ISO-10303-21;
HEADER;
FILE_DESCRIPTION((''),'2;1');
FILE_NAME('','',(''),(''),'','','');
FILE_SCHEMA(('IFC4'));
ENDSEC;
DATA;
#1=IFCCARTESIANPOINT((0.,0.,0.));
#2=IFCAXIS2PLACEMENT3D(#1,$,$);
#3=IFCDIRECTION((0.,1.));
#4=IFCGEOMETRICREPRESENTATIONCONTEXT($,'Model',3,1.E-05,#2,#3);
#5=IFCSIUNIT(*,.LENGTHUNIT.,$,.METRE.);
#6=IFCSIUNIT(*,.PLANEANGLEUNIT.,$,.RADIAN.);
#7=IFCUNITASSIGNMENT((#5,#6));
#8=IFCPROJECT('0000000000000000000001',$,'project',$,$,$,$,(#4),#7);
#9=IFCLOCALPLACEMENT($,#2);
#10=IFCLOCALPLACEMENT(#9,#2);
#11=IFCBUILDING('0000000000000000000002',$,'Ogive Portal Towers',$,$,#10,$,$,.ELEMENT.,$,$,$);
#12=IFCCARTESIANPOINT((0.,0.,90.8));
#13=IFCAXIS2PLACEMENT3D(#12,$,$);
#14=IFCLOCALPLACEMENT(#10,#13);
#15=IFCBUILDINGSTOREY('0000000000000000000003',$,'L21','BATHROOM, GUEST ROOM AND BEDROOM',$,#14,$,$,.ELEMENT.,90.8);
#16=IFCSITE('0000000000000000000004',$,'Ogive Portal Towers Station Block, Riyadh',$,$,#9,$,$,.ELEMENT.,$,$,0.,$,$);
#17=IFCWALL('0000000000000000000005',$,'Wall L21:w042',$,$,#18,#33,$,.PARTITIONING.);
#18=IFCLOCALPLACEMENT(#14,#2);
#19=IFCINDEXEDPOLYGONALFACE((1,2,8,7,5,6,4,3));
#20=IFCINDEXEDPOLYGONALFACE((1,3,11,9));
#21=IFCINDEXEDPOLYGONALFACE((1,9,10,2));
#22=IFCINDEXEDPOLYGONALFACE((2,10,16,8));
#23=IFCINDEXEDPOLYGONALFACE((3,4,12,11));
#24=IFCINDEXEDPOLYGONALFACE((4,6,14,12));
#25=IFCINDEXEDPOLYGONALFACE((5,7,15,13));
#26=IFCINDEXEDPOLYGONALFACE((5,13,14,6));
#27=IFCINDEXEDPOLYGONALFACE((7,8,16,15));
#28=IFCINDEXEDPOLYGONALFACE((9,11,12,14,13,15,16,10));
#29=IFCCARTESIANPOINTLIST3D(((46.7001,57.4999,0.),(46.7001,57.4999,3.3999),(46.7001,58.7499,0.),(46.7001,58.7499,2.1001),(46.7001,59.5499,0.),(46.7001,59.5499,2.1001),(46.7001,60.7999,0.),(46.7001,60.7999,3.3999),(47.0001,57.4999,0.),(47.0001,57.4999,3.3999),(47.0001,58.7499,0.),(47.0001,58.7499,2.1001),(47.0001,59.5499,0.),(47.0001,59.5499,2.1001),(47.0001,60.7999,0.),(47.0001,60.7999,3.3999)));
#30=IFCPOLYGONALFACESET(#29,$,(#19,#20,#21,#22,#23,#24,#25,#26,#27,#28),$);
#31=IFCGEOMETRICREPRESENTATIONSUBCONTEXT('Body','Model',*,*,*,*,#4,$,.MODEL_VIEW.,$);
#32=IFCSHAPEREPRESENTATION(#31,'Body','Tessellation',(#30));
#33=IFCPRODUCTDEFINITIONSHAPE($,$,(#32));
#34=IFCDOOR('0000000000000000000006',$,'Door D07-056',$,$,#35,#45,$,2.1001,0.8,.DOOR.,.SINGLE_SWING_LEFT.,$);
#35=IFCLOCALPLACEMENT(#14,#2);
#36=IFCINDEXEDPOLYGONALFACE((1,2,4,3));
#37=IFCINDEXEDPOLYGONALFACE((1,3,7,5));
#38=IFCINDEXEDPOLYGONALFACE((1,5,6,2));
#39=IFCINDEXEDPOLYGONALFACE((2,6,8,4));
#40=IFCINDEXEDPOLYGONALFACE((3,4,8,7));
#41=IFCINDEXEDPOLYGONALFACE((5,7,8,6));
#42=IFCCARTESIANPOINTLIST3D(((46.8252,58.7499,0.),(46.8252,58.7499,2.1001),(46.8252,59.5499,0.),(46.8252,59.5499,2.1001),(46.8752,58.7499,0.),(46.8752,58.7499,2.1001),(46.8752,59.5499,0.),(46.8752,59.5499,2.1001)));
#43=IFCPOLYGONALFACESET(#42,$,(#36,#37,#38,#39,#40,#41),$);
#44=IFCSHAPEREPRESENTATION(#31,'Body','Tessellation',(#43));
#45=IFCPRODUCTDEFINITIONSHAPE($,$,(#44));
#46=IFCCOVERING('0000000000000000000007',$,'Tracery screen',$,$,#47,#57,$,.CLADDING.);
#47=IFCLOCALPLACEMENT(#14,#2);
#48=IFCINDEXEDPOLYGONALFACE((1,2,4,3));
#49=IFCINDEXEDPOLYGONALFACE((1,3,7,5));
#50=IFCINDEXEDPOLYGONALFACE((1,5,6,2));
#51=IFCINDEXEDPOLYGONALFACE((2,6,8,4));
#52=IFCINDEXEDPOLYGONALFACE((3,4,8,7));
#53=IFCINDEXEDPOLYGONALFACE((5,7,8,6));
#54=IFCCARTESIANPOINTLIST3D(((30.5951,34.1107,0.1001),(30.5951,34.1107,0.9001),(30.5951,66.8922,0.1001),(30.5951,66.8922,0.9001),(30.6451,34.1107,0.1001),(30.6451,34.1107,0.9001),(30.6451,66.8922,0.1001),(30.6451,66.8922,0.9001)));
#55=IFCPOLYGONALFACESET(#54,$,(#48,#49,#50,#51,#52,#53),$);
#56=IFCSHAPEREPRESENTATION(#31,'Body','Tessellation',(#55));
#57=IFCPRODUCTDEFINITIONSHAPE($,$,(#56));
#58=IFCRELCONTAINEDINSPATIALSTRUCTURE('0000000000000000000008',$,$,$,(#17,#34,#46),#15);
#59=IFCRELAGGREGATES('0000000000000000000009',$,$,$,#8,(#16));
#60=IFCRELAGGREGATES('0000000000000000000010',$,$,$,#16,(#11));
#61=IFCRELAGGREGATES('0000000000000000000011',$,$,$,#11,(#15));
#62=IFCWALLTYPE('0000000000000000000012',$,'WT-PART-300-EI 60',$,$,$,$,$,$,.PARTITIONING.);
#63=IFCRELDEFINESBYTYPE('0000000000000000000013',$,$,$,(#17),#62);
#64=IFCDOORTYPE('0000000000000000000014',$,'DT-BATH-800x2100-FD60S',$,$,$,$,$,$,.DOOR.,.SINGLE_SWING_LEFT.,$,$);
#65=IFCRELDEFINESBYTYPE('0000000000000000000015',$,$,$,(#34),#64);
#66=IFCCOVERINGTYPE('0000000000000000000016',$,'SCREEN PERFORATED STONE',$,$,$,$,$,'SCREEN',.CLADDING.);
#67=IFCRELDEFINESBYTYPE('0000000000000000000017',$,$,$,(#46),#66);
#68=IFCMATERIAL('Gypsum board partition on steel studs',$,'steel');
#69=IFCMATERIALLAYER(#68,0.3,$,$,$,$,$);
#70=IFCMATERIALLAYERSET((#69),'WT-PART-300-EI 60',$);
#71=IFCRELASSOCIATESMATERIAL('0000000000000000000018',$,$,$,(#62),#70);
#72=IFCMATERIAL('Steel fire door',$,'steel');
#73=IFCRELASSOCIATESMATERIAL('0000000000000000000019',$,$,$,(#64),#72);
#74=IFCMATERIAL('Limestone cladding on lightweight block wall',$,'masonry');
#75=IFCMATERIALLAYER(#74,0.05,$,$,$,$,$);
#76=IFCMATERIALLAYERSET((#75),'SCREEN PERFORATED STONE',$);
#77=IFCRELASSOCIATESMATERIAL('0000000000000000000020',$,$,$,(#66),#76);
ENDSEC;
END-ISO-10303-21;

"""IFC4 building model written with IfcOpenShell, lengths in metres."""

from ifc_helpers import new_model, si_unit, direction, frame, frame_2d, origin, origin_2d, place, context, subcontext, project, spatial, rectangle, extrude, material, layer, layer_set, type_object, element, fill, save


model = new_model("IFC4")

# Units and contexts
model_context = context("Model", 3, precision=1e-05, world=origin(), true_north=direction((0.0, 1.0)))
body_context = subcontext(model_context, "Body", "Model", "MODEL_VIEW")
ifc_project = project(units=[si_unit("LENGTHUNIT", "METRE"), si_unit("PLANEANGLEUNIT", "RADIAN")], contexts=[model_context])

# Site, building, storey
site_placement = place(None, origin())
site = spatial("IfcSite", under=ifc_project, at=site_placement, Name="Ogive Portal Towers Station Block, Riyadh", CompositionType="ELEMENT", RefElevation=0.0)
building_placement = place(site_placement, origin())
building = spatial("IfcBuilding", under=site, at=building_placement, Name="Ogive Portal Towers", CompositionType="ELEMENT")
storey_placement = place(building_placement, frame((0.0, 0.0, 90.8)))
storey = spatial("IfcBuildingStorey", under=building, at=storey_placement, Name="L21", Description="BATHROOM, GUEST ROOM AND BEDROOM", CompositionType="ELEMENT", Elevation=90.8)

# Shared definitions
ifc_material_1 = material(Name="Gypsum board partition on steel studs", Category="steel")
ifc_layer_1 = layer(ifc_material_1, 0.3)
ifc_layer_set_1 = layer_set([ifc_layer_1], Name="WT-PART-300-EI 60")
wall_type = type_object("IfcWallType", Name="WT-PART-300-EI 60", PredefinedType="PARTITIONING", material=ifc_layer_set_1)

# Wall, opening, door
ifc_material_2 = material(Name="Steel fire door", Category="steel")
door_type = type_object("IfcDoorType", Name="DT-BATH-800x2100-FD60S", OperationType="SINGLE_SWING_LEFT", PredefinedType="DOOR", material=ifc_material_2)
wall_1_placement = place(storey_placement, frame((46.8501, 57.5, 0.0), z_axis=(0.0, 0.0, 1.0), x_axis=(0.0, 1.0, 0.0)))
wall_1 = element("IfcWall", 1, at=wall_1_placement, inside=storey, type_object=wall_type, Name="Wall L21:w042", PredefinedType="PARTITIONING", context=body_context, shape_type="SweptSolid", body=[
    extrude(rectangle(XDim=3.3, YDim=0.3, at=frame_2d((1.6499, 0.0))), origin(), (0.0, 0.0, 1.0), 3.3999),
])
opening_1_placement = place(wall_1_placement, frame((1.25, 0.0, 0.0)))
opening_1 = element("IfcOpeningElement", 2, at=opening_1_placement, cuts=wall_1, PredefinedType="OPENING", context=body_context, shape_type="SweptSolid", body=[
    extrude(rectangle(XDim=0.8, YDim=2.1001, at=frame_2d((0.3999, 1.05))), frame((0.0, 0.1602, 0.0), z_axis=(0.0, -1.0, 0.0), x_axis=(1.0, 0.0, 0.0)), (0.0, 0.0, 1.0), 0.3201),
])
door_1_placement = place(opening_1_placement, origin())
door_1 = element("IfcDoor", 3, at=door_1_placement, inside=storey, type_object=door_type, Name="Door D07-056", OperationType="SINGLE_SWING_LEFT", OverallHeight=2.1001, OverallWidth=0.8, PredefinedType="DOOR", context=body_context, shape_type="SweptSolid", body=[
    extrude(rectangle(XDim=0.8, YDim=2.1001, at=frame_2d((0.3999, 1.05))), frame((0.0, 0.0249, 0.0), z_axis=(0.0, -1.0, 0.0), x_axis=(1.0, 0.0, 0.0)), (0.0, 0.0, 1.0), 0.05),
])
fill(opening_1, door_1)

# Covering
ifc_material_3 = material(Name="Limestone cladding on lightweight block wall", Category="masonry")
ifc_layer_2 = layer(ifc_material_3, 0.05)
ifc_layer_set_2 = layer_set([ifc_layer_2], Name="SCREEN PERFORATED STONE")
covering_type = type_object("IfcCoveringType", Name="SCREEN PERFORATED STONE", ElementType="SCREEN", PredefinedType="CLADDING", material=ifc_layer_set_2)
covering_placement = place(storey_placement, frame((30.6201, 50.5015, 0.1001), z_axis=(0.0, 0.0, 1.0), x_axis=(0.0, -1.0, 0.0)))
element("IfcCovering", 4, at=covering_placement, inside=storey, type_object=covering_type, Name="Tracery screen", PredefinedType="CLADDING", context=body_context, shape_type="SweptSolid", body=[
    extrude(rectangle(XDim=32.7815, YDim=0.05, at=origin_2d()), origin(), (0.0, 0.0, 1.0), 0.8),
])

save(model, "model.ifc")
